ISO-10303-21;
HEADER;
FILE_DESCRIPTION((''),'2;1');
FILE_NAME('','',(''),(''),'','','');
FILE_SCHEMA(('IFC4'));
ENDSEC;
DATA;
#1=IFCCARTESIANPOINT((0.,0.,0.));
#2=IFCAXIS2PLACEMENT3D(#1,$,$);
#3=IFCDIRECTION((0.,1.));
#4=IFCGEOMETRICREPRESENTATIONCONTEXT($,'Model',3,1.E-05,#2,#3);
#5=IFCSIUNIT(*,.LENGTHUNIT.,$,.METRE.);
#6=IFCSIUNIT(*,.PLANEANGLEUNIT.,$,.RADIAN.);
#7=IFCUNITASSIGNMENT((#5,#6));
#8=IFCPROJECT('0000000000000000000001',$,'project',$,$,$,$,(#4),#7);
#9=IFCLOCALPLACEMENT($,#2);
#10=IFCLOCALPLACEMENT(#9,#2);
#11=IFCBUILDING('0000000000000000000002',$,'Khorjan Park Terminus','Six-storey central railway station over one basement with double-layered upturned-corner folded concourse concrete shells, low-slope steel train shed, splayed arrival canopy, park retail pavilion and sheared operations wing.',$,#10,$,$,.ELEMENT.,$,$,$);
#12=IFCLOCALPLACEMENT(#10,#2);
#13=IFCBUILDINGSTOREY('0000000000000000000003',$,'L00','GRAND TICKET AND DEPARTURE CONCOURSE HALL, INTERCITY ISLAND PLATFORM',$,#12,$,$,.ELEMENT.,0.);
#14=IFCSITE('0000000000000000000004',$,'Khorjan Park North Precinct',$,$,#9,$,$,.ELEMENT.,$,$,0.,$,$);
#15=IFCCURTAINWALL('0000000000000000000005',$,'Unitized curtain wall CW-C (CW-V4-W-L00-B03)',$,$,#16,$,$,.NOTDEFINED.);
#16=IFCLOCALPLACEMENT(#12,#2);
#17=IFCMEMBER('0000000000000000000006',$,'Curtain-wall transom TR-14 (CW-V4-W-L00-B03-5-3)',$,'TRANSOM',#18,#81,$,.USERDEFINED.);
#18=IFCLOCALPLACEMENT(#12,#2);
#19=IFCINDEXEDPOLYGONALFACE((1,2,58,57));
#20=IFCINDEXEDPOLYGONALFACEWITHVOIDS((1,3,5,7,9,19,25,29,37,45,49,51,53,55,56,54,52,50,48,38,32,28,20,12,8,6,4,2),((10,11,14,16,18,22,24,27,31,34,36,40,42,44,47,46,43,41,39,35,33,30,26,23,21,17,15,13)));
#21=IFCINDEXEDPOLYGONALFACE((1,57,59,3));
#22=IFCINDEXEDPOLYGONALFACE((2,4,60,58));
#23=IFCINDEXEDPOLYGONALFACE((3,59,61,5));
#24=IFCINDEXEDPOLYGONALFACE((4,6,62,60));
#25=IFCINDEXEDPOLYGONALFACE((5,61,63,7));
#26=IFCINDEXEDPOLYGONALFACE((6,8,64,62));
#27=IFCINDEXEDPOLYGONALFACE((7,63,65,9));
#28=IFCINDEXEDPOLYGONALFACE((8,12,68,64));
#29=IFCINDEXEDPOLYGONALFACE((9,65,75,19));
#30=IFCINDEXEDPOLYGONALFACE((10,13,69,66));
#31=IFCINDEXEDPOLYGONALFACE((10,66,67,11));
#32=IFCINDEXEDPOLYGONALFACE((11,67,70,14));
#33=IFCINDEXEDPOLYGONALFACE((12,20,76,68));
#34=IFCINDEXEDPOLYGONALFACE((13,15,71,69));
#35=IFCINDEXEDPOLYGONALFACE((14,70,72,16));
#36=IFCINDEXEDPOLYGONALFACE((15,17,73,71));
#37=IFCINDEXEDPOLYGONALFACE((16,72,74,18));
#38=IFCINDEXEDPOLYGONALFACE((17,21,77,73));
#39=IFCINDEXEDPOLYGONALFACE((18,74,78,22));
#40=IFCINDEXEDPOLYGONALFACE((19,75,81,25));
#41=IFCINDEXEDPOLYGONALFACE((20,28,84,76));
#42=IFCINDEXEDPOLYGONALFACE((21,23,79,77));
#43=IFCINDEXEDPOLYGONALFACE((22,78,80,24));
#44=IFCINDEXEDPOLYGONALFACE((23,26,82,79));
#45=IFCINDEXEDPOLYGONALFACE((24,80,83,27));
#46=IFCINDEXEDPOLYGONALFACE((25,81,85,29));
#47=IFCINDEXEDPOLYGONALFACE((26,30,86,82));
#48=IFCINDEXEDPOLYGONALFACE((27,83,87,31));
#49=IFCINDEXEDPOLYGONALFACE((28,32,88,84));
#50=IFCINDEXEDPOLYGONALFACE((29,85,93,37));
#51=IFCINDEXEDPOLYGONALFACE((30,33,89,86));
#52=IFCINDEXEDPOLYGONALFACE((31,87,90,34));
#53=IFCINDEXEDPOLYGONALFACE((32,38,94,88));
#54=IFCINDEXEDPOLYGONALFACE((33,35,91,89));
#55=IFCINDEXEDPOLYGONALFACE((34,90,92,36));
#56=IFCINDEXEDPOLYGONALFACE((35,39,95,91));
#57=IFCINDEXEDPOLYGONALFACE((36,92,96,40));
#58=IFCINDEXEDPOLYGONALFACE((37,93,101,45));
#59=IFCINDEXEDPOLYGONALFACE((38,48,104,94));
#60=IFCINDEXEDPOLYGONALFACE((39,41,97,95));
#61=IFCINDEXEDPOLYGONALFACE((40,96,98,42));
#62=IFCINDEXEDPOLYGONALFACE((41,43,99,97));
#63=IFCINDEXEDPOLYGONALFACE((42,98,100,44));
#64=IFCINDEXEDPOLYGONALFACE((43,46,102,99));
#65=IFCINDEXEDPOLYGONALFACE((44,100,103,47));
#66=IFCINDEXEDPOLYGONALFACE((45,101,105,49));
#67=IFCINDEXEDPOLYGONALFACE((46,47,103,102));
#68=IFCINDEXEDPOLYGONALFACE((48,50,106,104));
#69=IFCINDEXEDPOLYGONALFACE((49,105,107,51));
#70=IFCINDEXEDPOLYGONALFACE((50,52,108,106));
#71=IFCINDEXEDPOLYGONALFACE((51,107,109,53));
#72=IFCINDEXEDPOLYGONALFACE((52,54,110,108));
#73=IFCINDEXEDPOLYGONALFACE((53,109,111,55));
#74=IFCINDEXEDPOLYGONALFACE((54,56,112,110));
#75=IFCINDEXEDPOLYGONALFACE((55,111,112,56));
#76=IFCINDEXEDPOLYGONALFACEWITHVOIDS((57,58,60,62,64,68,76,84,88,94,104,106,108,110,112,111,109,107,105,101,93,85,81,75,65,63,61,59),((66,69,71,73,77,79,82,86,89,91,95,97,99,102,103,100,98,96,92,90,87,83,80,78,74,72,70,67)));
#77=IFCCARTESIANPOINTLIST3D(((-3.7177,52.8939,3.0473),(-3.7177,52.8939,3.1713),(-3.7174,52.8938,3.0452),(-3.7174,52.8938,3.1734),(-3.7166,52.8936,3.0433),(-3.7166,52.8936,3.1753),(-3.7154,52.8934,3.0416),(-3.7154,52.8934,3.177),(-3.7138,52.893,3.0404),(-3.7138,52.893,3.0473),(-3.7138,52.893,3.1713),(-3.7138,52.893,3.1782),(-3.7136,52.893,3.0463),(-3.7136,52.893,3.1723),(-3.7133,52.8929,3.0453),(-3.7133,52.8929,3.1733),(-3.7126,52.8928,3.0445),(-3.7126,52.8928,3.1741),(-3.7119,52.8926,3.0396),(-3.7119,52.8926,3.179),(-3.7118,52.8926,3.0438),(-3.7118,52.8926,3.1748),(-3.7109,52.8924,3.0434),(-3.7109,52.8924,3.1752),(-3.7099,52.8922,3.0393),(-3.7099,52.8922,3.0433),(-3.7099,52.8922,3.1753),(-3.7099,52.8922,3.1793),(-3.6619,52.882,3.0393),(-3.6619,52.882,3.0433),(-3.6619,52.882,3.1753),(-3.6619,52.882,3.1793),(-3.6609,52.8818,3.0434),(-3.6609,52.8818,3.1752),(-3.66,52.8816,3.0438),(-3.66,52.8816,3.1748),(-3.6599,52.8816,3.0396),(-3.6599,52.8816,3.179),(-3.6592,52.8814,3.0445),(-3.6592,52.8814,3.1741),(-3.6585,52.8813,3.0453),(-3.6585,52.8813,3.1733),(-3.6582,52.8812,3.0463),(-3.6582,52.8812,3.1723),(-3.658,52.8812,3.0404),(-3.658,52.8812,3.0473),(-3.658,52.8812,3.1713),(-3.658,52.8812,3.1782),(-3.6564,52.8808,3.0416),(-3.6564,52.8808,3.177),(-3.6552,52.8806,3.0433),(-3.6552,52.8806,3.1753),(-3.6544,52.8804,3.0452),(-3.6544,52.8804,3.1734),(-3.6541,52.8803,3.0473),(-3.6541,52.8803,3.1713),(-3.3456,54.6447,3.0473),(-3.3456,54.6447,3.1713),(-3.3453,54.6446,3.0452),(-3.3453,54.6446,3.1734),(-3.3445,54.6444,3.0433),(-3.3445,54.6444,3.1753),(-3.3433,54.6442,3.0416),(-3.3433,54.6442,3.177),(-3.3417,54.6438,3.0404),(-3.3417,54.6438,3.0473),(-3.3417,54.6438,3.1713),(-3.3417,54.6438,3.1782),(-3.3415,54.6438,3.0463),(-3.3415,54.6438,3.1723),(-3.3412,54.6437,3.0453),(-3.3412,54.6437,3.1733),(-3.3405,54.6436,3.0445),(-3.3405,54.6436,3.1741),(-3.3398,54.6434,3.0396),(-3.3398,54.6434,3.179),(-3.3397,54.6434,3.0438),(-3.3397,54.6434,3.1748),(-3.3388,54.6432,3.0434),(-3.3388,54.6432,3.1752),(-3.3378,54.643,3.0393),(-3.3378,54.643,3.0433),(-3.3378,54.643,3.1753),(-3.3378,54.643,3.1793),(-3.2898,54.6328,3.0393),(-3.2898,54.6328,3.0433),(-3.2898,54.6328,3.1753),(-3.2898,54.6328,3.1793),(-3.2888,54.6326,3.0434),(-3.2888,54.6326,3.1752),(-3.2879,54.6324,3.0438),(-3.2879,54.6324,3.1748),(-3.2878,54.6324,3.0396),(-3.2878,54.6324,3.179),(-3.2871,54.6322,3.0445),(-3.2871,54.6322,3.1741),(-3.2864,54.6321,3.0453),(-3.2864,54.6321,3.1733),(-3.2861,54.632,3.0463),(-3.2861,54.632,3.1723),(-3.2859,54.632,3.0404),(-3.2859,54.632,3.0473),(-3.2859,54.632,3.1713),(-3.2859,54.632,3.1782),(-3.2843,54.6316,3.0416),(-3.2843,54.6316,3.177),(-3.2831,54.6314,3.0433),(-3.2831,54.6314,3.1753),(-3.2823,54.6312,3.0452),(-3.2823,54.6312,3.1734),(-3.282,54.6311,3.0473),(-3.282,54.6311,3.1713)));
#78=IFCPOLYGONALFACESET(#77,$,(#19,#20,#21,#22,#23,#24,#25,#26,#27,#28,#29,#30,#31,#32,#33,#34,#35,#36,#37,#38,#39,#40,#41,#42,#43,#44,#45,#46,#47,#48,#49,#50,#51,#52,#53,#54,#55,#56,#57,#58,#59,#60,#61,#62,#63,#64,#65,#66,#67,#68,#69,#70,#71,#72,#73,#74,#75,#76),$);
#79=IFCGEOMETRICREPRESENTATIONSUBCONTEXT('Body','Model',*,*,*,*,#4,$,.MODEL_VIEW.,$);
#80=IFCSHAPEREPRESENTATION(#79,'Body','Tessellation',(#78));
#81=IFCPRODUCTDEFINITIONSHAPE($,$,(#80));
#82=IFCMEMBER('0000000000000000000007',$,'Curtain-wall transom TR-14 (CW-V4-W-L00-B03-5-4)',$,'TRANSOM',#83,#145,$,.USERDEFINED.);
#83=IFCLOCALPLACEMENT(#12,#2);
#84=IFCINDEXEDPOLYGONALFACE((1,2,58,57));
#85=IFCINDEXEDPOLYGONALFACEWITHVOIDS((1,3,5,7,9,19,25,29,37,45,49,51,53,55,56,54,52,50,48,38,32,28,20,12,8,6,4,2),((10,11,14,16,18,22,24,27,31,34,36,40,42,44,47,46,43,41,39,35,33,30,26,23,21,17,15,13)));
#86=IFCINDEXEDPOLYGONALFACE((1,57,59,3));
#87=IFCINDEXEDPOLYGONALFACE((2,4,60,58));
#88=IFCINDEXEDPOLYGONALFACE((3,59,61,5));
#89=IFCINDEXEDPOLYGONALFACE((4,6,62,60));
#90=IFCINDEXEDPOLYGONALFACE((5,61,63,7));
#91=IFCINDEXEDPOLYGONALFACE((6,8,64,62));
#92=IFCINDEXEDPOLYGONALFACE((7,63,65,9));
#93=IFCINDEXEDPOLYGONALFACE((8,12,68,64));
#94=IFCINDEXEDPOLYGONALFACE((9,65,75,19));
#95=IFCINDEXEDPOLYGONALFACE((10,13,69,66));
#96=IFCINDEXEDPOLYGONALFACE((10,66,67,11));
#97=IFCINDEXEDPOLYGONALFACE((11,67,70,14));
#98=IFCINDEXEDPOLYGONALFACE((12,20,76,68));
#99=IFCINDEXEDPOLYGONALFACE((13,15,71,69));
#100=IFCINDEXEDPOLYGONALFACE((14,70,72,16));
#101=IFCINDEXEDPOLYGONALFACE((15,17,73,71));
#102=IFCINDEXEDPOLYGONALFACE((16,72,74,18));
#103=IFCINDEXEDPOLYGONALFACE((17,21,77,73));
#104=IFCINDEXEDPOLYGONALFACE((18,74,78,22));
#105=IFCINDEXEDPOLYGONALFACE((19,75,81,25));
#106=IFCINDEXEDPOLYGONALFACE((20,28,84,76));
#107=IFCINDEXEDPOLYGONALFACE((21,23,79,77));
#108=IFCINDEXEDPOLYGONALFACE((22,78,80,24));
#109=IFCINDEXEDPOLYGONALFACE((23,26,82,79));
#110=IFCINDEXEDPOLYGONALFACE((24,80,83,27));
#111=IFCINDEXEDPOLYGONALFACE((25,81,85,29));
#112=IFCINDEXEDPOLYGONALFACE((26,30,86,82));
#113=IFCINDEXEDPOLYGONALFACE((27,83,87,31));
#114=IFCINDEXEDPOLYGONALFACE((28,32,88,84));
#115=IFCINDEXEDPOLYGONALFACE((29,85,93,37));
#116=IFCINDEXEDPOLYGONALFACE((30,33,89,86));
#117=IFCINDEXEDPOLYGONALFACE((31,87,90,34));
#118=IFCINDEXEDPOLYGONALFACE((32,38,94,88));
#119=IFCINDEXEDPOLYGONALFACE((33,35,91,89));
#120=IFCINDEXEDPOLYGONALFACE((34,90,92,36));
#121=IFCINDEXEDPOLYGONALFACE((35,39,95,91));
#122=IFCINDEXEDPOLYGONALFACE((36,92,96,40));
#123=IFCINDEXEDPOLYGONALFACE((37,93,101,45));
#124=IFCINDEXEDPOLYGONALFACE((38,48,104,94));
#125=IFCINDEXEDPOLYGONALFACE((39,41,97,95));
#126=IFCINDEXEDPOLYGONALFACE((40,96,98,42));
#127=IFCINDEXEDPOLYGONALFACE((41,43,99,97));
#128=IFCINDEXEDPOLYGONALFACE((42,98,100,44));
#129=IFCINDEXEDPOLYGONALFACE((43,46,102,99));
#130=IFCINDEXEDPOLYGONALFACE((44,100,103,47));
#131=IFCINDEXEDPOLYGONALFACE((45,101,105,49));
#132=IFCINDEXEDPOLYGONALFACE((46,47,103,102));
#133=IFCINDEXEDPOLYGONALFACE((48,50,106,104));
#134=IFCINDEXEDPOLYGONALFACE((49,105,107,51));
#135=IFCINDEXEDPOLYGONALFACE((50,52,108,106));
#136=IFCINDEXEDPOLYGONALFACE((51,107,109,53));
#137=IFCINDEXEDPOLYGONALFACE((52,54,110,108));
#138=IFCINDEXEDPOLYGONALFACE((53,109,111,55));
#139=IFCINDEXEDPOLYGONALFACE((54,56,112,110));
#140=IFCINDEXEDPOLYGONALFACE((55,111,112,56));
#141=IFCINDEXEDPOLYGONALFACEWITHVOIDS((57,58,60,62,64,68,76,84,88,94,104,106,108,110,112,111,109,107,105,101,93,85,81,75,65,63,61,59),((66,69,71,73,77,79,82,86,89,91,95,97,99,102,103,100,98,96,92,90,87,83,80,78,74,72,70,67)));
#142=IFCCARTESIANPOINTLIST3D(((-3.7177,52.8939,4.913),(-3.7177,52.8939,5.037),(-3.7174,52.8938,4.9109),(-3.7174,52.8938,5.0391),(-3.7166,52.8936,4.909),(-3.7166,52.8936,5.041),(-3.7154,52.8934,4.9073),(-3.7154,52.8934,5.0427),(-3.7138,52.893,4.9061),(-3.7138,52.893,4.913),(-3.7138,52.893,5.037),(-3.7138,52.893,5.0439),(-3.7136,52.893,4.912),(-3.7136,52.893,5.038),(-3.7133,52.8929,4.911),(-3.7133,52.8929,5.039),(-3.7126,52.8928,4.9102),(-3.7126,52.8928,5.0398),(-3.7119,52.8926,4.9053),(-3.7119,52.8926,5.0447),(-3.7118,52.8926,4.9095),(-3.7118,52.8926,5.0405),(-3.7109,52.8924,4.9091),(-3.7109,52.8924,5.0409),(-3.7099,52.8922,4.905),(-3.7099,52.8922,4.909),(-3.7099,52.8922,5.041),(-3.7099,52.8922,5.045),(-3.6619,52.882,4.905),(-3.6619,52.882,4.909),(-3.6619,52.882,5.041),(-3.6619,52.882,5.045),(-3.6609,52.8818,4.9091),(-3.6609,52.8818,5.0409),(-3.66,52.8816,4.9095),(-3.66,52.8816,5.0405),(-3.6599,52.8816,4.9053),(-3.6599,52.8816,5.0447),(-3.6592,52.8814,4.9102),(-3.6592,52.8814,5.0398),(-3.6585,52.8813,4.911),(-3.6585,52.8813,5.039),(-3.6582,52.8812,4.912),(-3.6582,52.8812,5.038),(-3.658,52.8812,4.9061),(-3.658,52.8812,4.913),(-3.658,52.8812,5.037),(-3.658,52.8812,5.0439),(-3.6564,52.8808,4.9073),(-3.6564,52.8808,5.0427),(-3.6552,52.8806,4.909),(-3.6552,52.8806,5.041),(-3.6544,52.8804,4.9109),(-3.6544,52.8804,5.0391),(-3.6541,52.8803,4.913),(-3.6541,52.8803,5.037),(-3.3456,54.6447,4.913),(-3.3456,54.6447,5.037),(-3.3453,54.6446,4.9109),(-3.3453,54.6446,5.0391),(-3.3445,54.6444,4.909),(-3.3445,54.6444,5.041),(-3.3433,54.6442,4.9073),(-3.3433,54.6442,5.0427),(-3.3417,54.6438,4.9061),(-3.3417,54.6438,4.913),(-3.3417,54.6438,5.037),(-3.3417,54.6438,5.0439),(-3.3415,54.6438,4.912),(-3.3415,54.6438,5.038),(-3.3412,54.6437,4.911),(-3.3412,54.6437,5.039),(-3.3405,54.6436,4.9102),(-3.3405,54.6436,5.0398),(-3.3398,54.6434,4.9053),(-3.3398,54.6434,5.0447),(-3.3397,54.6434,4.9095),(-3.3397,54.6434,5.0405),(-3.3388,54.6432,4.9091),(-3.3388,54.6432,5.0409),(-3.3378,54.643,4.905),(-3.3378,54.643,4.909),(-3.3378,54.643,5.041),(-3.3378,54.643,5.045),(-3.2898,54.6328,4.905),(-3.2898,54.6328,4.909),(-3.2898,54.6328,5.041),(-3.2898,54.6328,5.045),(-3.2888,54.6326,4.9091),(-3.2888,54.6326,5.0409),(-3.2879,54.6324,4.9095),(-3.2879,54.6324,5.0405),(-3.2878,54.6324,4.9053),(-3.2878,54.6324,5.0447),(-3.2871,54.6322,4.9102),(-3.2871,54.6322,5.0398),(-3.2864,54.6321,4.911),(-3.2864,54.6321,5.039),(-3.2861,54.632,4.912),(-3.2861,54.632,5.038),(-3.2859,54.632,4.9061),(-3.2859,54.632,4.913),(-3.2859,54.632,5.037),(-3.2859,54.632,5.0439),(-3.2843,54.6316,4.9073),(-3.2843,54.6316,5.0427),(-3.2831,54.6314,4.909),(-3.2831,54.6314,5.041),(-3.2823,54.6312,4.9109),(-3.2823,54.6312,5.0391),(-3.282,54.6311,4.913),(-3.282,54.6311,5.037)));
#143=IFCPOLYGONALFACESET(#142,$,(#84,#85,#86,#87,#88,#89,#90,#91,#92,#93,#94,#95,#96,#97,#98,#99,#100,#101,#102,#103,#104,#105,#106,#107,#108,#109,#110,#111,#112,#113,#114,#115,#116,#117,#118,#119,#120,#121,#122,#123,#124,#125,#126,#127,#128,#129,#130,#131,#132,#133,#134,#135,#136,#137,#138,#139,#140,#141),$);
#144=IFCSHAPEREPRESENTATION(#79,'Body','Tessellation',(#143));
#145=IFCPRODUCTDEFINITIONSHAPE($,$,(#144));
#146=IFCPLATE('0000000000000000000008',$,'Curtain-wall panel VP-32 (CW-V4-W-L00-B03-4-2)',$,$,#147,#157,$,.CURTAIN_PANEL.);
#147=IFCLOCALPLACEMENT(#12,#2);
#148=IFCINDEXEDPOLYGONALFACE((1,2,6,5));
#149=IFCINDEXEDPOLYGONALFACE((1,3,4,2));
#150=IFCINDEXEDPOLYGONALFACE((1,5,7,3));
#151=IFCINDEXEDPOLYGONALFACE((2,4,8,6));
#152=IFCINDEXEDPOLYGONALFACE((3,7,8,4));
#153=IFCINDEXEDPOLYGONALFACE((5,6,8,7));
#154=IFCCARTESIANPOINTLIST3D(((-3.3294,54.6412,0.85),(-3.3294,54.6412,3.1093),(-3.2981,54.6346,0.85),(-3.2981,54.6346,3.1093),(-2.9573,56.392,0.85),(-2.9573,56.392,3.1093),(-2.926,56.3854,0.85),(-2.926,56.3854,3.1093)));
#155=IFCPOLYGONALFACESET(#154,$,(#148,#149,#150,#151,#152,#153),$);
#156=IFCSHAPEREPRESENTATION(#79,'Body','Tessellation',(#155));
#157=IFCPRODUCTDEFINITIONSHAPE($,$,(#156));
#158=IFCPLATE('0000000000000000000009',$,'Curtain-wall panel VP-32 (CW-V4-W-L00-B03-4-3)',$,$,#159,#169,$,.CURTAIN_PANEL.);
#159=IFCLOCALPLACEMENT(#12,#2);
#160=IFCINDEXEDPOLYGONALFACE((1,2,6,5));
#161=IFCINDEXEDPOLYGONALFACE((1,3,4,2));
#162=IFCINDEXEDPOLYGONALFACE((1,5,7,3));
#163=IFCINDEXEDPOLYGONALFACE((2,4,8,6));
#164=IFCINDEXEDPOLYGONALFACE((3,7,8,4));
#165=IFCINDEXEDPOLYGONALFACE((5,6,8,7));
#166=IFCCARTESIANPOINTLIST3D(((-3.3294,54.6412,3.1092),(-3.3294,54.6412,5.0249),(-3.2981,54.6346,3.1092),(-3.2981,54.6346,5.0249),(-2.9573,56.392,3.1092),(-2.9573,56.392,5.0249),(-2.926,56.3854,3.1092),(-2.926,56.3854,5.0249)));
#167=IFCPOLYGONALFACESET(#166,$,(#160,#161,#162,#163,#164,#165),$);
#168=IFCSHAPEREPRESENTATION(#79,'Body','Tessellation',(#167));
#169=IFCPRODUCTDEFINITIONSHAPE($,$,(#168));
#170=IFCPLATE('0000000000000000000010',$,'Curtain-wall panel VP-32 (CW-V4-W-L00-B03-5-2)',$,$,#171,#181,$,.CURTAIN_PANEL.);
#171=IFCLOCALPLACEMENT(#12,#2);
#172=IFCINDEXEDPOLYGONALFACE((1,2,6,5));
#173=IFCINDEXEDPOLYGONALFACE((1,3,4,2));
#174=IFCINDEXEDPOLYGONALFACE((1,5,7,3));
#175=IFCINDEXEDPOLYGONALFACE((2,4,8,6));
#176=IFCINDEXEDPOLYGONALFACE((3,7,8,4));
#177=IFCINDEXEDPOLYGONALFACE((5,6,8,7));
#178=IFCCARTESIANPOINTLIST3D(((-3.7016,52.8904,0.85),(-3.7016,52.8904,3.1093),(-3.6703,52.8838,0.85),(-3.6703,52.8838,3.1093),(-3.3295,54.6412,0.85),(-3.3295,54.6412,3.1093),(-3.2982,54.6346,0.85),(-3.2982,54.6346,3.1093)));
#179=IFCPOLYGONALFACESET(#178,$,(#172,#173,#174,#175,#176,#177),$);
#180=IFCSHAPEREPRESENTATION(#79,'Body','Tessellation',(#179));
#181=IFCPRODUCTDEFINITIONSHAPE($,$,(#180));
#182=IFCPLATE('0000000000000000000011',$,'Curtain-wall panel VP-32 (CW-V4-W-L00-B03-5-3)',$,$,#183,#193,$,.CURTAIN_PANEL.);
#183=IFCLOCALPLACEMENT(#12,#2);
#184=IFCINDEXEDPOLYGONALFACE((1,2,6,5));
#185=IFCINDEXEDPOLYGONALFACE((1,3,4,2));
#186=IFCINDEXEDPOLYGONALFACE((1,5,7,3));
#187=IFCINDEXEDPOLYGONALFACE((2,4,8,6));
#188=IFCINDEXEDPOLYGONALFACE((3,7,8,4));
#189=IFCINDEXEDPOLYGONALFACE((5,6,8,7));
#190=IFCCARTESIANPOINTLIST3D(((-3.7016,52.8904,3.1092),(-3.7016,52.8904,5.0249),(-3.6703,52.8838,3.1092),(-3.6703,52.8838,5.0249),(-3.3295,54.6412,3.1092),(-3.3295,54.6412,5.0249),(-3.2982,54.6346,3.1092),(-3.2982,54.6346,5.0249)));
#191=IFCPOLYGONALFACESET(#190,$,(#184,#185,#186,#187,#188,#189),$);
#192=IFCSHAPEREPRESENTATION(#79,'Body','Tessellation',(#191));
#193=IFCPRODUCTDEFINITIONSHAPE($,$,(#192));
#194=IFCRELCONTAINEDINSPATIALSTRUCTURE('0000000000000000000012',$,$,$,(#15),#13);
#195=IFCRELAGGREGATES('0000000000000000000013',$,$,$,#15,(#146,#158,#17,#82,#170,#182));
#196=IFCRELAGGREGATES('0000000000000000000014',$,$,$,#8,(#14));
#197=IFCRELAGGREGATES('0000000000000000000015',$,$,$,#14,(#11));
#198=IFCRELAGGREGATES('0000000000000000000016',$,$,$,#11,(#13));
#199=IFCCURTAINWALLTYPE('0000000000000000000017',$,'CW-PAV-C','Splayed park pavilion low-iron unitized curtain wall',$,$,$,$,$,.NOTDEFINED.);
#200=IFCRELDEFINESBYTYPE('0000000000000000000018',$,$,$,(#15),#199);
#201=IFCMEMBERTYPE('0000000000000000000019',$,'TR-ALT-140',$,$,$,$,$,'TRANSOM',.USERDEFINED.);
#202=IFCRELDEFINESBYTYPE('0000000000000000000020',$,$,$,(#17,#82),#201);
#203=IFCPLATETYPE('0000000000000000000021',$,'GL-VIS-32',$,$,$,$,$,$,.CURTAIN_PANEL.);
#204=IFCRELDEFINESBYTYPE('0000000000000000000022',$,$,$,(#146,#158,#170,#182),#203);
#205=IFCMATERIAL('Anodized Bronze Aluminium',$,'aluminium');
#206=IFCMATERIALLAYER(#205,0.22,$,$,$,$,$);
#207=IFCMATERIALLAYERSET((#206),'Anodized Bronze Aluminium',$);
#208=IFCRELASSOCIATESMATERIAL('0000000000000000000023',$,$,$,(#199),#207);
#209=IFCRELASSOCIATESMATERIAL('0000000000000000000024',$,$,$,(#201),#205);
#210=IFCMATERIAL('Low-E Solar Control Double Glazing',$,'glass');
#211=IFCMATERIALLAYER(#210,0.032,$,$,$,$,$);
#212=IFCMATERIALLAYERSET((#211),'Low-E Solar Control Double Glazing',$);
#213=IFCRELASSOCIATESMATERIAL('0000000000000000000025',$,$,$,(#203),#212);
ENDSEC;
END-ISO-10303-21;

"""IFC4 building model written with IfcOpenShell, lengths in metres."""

from ifc_helpers import new_model, si_unit, direction, frame, origin, origin_2d, place, context, subcontext, project, spatial, rectangle, hollow_rectangle, extrude, material, layer, layer_set, material_profile, profile_set, type_object, element, aggregate, save


model = new_model("IFC4")

# Units and contexts
model_context = context("Model", 3, precision=1e-05, world=origin(), true_north=direction((0.0, 1.0)))
body_context = subcontext(model_context, "Body", "Model", "MODEL_VIEW")
ifc_project = project(units=[si_unit("LENGTHUNIT", "METRE"), si_unit("PLANEANGLEUNIT", "RADIAN")], contexts=[model_context])

# Site, building, storey
site_placement = place(None, origin())
site = spatial("IfcSite", under=ifc_project, at=site_placement, Name="Khorjan Park North Precinct", CompositionType="ELEMENT", RefElevation=0.0)
building_placement = place(site_placement, origin())
building = spatial("IfcBuilding", under=site, at=building_placement, Name="Khorjan Park Terminus", Description="Six-storey central railway station over one basement with double-layered upturned-corner folded concourse concrete shells, low-slope steel train shed, splayed arrival canopy, park retail pavilion and sheared operations wing.", CompositionType="ELEMENT")
storey_placement = place(building_placement, origin())
storey = spatial("IfcBuildingStorey", under=building, at=storey_placement, Name="L00", Description="GRAND TICKET AND DEPARTURE CONCOURSE HALL, INTERCITY ISLAND PLATFORM", CompositionType="ELEMENT", Elevation=0.0)

# Curtain wall, members, plates
ifc_material_1 = material(Name="Anodized Bronze Aluminium", Category="aluminium")
ifc_layer_1 = layer(ifc_material_1, 0.22)
ifc_layer_set_1 = layer_set([ifc_layer_1], Name="Anodized Bronze Aluminium")
curtain_wall_type = type_object("IfcCurtainWallType", Name="CW-PAV-C", Description="Splayed park pavilion low-iron unitized curtain wall", PredefinedType="NOTDEFINED", material=ifc_layer_set_1)
curtain_wall_placement = place(storey_placement, origin())
curtain_wall = element("IfcCurtainWall", 1, at=curtain_wall_placement, inside=storey, type_object=curtain_wall_type, Name="Unitized curtain wall CW-C (CW-V4-W-L00-B03)", PredefinedType="NOTDEFINED")
ifc_material_profile_1 = material_profile(ifc_material_1, hollow_rectangle(XDim=0.065, YDim=0.14, WallThickness=0.004, InnerFilletRadius=0.004, OuterFilletRadius=0.008, at=origin_2d()), Name="ALT 65x140x4")
ifc_profile_set_1 = profile_set([ifc_material_profile_1], Name="Anodized Bronze Aluminium")
member_type_1 = type_object("IfcMemberType", Name="TR-ALT-140", ElementType="TRANSOM", PredefinedType="USERDEFINED", material=ifc_profile_set_1)
member_1_placement = place(storey_placement, frame((-3.3138, 54.6379, 3.1093), z_axis=(-0.207888, -0.978153, 0.0), x_axis=(0.978153, -0.207888, 0.0)))
member_1 = element("IfcMember", 2, at=member_1_placement, type_object=member_type_1, Name="Curtain-wall transom TR-14 (CW-V4-W-L00-B03-5-3)", ObjectType="TRANSOM", PredefinedType="USERDEFINED", context=body_context, shape_type="SweptSolid", body=[
    extrude(hollow_rectangle(XDim=0.065, YDim=0.14, WallThickness=0.004, InnerFilletRadius=0.004, OuterFilletRadius=0.008, at=origin_2d()), origin(), (0.0, 0.0, 1.0), 1.7899),
])
member_2_placement = place(storey_placement, frame((-3.3138, 54.6379, 4.975), z_axis=(-0.207888, -0.978153, 0.0), x_axis=(0.978153, -0.207888, 0.0)))
member_2 = element("IfcMember", 3, at=member_2_placement, type_object=member_type_1, Name="Curtain-wall transom TR-14 (CW-V4-W-L00-B03-5-4)", ObjectType="TRANSOM", PredefinedType="USERDEFINED", context=body_context, shape_type="SweptSolid", body=[
    extrude(hollow_rectangle(XDim=0.065, YDim=0.14, WallThickness=0.004, InnerFilletRadius=0.004, OuterFilletRadius=0.008, at=origin_2d()), origin(), (0.0, 0.0, 1.0), 1.7899),
])
ifc_material_2 = material(Name="Low-E Solar Control Double Glazing", Category="glass")
ifc_layer_2 = layer(ifc_material_2, 0.032)
ifc_layer_set_2 = layer_set([ifc_layer_2], Name="Low-E Solar Control Double Glazing")
plate_type_1 = type_object("IfcPlateType", Name="GL-VIS-32", PredefinedType="CURTAIN_PANEL", material=ifc_layer_set_2)
plate_1_placement = place(storey_placement, frame((-3.1277, 55.5133, 0.85), z_axis=(0.0, 0.0, 1.0), x_axis=(-0.207917, -0.978147, 0.0)))
plate_1 = element("IfcPlate", 4, at=plate_1_placement, type_object=plate_type_1, Name="Curtain-wall panel VP-32 (CW-V4-W-L00-B03-4-2)", PredefinedType="CURTAIN_PANEL", context=body_context, shape_type="SweptSolid", body=[
    extrude(rectangle(XDim=1.7899, YDim=0.032, at=origin_2d()), origin(), (0.0, 0.0, 1.0), 2.2593),
])
plate_2_placement = place(storey_placement, frame((-3.1277, 55.5133, 3.1092), z_axis=(0.0, 0.0, 1.0), x_axis=(-0.207917, -0.978147, 0.0)))
plate_2 = element("IfcPlate", 5, at=plate_2_placement, type_object=plate_type_1, Name="Curtain-wall panel VP-32 (CW-V4-W-L00-B03-4-3)", PredefinedType="CURTAIN_PANEL", context=body_context, shape_type="SweptSolid", body=[
    extrude(rectangle(XDim=1.7899, YDim=0.032, at=origin_2d()), origin(), (0.0, 0.0, 1.0), 1.9157),
])
plate_3_placement = place(storey_placement, frame((-3.4999, 53.7625, 0.85), z_axis=(0.0, 0.0, 1.0), x_axis=(-0.207917, -0.978147, 0.0)))
plate_3 = element("IfcPlate", 6, at=plate_3_placement, type_object=plate_type_1, Name="Curtain-wall panel VP-32 (CW-V4-W-L00-B03-5-2)", PredefinedType="CURTAIN_PANEL", context=body_context, shape_type="SweptSolid", body=[
    extrude(rectangle(XDim=1.7899, YDim=0.032, at=origin_2d()), origin(), (0.0, 0.0, 1.0), 2.2593),
])
plate_4_placement = place(storey_placement, frame((-3.4999, 53.7625, 3.1092), z_axis=(0.0, 0.0, 1.0), x_axis=(-0.207917, -0.978147, 0.0)))
plate_4 = element("IfcPlate", 7, at=plate_4_placement, type_object=plate_type_1, Name="Curtain-wall panel VP-32 (CW-V4-W-L00-B03-5-3)", PredefinedType="CURTAIN_PANEL", context=body_context, shape_type="SweptSolid", body=[
    extrude(rectangle(XDim=1.7899, YDim=0.032, at=origin_2d()), origin(), (0.0, 0.0, 1.0), 1.9157),
])
aggregate(curtain_wall, [plate_1, plate_2, member_1, member_2, plate_3, plate_4])

save(model, "model.ifc")
